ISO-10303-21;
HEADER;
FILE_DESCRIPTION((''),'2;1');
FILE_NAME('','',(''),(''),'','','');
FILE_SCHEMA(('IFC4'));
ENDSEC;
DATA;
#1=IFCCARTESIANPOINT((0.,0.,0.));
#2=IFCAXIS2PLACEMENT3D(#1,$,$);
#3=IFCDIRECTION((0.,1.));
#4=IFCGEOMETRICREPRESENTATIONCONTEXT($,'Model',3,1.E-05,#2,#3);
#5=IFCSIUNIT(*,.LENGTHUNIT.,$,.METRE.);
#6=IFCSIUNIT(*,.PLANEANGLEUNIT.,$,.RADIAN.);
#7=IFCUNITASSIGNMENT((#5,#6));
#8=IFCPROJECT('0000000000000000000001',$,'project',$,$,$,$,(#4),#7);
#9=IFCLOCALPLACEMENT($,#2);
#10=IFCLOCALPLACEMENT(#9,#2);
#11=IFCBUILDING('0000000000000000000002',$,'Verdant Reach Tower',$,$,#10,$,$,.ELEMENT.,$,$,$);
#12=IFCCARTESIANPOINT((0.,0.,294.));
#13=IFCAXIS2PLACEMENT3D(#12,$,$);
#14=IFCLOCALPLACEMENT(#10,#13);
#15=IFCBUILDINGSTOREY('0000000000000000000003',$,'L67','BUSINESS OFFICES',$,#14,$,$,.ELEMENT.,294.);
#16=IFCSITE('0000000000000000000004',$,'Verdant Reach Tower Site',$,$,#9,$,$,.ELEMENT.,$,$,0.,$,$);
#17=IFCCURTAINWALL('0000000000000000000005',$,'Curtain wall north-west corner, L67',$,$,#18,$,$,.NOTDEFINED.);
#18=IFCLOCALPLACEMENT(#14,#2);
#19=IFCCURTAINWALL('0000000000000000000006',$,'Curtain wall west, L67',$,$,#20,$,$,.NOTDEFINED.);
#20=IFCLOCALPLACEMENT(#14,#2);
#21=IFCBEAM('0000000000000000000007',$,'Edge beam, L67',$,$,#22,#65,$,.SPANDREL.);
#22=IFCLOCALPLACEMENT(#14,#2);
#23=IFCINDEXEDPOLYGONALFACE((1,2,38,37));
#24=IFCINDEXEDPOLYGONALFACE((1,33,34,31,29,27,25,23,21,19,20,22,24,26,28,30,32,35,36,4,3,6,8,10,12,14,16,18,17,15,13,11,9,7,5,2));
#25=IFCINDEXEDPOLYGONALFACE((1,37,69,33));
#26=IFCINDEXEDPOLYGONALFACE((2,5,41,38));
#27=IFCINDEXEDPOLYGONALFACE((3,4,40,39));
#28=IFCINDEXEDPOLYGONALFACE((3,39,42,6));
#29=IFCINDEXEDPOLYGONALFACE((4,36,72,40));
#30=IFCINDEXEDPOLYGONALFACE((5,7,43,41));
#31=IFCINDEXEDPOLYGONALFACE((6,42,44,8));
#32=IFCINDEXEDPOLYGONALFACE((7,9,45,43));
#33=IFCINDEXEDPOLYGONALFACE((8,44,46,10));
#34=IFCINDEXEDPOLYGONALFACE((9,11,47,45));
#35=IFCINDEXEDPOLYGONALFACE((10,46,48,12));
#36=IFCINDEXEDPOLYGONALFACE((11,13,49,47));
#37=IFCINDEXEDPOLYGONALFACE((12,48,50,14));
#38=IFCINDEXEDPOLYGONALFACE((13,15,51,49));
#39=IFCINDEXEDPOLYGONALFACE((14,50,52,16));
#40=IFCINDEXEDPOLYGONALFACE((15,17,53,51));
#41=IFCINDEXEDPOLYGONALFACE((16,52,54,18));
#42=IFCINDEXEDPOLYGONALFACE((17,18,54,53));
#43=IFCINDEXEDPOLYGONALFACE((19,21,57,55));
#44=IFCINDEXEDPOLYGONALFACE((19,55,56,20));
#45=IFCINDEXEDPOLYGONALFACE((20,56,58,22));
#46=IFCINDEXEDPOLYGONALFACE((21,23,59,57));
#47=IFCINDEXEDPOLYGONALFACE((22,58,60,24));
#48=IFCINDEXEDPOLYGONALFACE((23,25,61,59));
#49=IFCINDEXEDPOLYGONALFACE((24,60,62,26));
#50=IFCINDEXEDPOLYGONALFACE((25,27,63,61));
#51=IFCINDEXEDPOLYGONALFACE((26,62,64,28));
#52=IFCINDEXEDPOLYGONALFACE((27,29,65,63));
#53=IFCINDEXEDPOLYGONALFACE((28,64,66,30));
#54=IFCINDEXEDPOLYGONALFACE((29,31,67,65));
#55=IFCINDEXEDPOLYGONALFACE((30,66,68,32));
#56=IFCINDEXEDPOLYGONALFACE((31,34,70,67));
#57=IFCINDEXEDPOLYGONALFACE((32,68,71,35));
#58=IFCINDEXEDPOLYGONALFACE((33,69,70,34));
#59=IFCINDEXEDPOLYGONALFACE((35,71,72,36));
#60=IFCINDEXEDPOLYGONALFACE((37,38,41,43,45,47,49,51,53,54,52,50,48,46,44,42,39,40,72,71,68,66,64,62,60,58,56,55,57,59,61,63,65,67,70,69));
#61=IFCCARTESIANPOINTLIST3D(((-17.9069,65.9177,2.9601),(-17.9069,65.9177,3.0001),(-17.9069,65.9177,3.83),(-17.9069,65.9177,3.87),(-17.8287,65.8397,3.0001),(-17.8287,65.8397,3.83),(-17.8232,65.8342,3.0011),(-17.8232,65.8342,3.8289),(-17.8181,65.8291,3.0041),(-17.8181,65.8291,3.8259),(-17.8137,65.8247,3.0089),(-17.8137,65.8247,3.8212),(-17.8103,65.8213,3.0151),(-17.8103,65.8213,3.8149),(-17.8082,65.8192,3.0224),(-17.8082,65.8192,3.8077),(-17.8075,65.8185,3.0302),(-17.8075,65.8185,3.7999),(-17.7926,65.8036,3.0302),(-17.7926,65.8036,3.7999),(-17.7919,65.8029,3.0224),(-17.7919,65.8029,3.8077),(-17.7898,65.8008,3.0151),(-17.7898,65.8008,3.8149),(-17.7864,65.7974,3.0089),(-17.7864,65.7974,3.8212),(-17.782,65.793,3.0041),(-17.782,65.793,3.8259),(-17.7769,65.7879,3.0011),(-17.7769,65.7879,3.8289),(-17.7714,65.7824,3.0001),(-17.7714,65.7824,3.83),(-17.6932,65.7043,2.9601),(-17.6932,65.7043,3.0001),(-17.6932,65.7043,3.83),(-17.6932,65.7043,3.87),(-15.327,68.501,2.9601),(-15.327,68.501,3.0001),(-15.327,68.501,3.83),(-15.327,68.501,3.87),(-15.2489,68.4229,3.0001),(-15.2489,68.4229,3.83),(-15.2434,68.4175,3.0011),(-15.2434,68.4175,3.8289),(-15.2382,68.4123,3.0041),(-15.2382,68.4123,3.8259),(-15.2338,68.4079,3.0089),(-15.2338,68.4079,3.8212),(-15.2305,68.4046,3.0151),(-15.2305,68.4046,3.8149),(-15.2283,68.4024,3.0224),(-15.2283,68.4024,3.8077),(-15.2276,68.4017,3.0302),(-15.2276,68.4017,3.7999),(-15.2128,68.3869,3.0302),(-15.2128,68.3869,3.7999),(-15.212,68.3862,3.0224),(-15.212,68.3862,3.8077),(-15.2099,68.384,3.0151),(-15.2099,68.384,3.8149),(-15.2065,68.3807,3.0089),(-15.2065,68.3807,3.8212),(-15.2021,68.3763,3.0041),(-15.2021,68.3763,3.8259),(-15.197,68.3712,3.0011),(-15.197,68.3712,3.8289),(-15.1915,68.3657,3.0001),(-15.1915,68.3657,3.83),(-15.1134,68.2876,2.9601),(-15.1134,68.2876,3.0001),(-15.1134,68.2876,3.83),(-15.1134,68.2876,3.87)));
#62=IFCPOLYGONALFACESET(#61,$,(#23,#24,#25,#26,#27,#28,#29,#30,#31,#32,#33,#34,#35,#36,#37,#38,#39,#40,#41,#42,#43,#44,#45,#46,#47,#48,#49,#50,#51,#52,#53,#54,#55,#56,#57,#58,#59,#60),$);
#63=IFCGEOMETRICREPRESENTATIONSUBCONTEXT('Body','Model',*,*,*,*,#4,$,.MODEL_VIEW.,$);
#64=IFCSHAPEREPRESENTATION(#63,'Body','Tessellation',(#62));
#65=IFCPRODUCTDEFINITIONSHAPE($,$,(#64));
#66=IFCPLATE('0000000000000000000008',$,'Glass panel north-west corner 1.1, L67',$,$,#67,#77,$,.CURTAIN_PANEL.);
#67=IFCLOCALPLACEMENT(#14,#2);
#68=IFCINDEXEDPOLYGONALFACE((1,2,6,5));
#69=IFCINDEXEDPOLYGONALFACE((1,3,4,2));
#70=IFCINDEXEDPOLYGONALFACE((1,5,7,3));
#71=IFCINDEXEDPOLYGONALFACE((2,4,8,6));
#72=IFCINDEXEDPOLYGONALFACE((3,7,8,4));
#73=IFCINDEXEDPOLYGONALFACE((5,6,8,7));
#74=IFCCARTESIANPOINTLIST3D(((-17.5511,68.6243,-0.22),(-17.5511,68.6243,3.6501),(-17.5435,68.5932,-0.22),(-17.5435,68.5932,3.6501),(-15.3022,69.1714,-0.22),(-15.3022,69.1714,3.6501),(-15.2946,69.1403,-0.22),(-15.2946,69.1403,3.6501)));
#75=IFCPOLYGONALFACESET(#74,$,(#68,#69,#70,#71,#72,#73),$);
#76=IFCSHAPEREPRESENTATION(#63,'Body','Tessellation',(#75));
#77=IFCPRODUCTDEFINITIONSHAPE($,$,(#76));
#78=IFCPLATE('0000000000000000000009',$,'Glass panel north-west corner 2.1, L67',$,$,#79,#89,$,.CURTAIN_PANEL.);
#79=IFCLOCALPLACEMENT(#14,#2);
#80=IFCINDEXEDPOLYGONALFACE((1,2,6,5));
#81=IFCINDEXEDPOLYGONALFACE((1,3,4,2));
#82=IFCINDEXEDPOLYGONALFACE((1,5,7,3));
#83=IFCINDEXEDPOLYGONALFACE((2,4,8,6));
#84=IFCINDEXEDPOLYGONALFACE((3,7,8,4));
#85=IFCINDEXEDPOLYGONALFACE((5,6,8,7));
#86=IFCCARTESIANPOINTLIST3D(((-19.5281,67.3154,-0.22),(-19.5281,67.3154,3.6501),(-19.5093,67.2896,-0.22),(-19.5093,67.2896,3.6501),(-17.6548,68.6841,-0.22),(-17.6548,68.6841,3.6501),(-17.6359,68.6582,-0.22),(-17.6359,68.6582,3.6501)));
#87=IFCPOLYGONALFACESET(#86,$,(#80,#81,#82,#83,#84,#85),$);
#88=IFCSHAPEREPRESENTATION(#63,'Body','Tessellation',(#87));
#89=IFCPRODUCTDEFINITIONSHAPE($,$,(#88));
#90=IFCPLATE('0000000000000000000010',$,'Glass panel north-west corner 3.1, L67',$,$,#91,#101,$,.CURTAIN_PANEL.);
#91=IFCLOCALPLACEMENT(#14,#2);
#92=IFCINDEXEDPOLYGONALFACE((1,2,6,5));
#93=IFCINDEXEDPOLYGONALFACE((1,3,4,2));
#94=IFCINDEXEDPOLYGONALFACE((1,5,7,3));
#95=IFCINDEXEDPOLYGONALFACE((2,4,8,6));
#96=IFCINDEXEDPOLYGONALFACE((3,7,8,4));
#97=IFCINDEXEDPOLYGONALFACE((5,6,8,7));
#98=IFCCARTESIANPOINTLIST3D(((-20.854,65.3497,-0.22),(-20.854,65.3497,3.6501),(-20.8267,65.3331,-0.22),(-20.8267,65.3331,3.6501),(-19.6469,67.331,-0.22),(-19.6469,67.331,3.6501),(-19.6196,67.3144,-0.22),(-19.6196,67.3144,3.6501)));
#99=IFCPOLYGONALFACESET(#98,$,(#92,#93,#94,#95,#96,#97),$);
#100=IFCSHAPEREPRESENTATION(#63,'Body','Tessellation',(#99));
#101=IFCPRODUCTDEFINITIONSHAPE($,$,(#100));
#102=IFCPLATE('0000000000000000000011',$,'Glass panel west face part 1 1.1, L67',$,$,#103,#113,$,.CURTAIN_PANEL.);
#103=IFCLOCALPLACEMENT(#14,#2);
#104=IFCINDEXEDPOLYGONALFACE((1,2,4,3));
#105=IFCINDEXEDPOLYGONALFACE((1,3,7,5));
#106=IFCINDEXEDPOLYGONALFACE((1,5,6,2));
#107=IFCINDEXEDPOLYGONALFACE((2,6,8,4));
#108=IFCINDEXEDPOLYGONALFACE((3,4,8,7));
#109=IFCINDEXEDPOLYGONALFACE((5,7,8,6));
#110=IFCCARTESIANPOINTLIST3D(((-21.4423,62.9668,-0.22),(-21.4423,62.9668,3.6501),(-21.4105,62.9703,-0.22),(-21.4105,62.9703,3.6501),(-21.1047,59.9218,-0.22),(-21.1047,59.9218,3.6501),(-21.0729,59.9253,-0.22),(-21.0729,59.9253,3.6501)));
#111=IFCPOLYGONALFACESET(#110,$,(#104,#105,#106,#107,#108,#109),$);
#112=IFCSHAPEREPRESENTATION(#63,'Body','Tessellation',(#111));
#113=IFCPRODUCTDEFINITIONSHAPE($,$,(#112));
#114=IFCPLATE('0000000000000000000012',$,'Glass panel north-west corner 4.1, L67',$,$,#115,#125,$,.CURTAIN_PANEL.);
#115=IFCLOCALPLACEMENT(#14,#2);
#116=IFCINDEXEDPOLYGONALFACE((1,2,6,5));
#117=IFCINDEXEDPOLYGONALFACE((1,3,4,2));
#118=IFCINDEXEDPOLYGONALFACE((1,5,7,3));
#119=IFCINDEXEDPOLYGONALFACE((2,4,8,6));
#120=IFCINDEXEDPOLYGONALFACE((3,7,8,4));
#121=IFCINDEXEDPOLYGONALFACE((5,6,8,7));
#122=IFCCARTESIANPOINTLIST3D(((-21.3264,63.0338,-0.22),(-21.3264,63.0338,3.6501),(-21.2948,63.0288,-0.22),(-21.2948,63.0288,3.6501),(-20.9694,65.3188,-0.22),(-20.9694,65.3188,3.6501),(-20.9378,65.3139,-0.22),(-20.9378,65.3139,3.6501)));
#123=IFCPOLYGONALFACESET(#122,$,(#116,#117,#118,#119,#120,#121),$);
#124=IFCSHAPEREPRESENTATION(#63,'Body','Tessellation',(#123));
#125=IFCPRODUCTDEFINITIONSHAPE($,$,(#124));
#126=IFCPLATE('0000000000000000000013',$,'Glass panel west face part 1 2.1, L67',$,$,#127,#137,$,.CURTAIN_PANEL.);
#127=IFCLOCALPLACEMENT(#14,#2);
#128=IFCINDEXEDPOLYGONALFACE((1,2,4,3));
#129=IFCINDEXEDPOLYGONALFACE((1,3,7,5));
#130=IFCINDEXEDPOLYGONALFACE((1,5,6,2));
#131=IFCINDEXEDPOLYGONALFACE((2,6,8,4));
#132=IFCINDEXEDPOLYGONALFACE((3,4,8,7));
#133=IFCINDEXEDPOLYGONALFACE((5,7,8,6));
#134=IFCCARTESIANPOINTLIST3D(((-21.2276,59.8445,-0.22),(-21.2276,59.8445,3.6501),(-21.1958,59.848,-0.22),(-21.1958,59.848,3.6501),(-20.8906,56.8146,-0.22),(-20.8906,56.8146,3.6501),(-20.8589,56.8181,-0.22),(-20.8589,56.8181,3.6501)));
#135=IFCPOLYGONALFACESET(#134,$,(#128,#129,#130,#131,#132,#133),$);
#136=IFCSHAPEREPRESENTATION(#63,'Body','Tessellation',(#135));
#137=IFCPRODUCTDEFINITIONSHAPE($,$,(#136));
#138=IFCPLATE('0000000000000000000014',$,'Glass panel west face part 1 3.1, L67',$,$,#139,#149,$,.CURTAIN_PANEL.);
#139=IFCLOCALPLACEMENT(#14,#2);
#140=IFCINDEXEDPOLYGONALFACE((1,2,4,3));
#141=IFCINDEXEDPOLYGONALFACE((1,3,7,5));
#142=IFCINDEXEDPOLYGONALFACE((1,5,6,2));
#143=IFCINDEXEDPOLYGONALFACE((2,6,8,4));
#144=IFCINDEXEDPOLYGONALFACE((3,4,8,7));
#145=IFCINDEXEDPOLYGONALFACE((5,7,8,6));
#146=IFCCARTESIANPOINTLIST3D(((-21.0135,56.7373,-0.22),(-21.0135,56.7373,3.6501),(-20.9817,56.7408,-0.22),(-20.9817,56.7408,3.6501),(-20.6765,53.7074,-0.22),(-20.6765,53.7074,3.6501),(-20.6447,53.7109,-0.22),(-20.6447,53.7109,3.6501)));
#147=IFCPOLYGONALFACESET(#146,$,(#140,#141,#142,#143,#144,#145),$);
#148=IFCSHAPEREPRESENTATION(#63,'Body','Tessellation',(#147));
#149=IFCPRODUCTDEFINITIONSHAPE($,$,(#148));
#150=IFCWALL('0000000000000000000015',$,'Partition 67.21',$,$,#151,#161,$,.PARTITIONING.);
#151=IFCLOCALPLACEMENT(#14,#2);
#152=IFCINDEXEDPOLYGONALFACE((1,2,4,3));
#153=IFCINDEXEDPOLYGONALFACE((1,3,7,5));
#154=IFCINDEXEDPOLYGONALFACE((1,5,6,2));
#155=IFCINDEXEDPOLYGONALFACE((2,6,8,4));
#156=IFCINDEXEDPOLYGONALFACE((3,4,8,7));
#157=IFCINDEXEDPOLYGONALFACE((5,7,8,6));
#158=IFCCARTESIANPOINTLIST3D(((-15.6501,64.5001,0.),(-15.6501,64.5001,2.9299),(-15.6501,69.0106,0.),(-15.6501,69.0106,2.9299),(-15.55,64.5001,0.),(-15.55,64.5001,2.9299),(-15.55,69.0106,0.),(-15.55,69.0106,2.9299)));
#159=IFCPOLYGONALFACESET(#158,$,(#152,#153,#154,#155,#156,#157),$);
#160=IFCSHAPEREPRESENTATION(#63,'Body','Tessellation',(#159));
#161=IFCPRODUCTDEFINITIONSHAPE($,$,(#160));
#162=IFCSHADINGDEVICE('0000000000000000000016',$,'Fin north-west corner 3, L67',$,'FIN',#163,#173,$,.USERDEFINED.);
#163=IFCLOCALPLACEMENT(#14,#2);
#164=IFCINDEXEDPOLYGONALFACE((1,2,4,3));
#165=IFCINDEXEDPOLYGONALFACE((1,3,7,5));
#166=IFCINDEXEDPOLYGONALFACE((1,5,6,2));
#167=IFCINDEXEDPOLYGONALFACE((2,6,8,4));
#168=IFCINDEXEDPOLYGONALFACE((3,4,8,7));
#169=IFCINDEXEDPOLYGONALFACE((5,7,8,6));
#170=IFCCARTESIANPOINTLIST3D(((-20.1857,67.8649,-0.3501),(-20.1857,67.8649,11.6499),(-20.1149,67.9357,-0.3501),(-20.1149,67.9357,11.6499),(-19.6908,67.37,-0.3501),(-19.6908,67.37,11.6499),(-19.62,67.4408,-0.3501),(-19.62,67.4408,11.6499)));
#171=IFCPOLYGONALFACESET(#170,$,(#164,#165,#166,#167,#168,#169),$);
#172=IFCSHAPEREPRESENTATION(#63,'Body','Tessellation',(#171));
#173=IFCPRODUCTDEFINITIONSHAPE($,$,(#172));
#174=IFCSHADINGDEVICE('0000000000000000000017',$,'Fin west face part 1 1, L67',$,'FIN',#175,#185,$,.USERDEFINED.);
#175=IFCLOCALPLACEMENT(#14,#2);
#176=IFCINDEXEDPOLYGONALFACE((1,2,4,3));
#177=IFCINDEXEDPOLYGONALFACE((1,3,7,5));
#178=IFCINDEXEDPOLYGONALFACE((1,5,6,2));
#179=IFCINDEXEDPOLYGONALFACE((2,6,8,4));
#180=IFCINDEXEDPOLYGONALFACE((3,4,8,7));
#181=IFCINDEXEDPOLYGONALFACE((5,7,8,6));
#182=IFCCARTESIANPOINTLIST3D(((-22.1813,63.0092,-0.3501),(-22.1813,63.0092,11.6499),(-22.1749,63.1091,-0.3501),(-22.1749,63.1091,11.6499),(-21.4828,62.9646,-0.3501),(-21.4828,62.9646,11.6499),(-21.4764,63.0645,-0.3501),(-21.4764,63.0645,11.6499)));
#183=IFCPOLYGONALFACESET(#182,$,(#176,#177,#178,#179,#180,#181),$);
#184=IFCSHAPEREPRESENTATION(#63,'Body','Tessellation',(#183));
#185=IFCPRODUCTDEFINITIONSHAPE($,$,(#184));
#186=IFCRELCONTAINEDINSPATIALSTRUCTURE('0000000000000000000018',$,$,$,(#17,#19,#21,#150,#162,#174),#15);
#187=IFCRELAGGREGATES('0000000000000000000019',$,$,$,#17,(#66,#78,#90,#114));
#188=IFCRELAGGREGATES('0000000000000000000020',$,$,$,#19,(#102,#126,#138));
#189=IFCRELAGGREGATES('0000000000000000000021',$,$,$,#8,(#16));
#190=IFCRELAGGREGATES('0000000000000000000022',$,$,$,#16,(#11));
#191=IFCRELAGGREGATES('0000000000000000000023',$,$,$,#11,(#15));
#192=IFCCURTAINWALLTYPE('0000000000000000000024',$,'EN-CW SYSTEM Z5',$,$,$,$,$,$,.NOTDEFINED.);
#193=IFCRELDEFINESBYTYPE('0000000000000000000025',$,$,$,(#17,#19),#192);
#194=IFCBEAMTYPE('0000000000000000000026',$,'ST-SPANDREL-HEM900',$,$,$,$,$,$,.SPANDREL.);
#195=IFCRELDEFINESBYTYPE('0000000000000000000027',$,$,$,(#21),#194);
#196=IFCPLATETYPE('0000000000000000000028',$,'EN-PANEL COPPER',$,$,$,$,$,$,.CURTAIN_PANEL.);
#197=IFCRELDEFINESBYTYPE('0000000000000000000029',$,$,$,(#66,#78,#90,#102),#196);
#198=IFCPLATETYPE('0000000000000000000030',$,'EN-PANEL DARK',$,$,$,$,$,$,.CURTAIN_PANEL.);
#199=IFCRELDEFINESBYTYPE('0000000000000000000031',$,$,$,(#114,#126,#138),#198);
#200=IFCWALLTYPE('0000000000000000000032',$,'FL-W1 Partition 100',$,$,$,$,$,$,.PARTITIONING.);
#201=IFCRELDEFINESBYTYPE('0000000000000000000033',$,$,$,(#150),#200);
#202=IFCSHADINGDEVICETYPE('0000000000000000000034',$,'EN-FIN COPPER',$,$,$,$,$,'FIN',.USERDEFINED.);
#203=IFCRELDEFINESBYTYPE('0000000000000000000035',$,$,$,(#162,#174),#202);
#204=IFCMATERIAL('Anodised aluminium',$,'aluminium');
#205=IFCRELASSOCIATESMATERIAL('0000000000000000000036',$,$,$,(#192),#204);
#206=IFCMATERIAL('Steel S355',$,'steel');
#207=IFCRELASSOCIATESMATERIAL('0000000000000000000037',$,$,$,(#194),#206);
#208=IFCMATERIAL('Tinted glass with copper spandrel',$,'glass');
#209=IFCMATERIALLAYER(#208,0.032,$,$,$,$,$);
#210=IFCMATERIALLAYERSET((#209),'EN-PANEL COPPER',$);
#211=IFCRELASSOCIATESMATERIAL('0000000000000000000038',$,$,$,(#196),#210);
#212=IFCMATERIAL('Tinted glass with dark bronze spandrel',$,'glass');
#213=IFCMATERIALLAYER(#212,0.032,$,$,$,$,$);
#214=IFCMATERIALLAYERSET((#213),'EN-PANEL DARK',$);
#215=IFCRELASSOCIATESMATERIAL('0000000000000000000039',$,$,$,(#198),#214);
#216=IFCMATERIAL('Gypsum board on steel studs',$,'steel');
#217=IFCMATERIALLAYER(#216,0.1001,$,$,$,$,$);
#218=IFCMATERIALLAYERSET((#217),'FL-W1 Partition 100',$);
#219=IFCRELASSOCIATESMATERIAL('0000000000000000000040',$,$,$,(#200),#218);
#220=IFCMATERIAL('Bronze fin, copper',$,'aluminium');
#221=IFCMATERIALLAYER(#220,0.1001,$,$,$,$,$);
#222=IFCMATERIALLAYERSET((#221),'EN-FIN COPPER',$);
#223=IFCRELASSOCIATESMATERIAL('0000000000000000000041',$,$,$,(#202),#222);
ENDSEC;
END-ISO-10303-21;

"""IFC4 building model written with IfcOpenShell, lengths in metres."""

from ifc_helpers import new_model, si_unit, direction, frame, frame_2d, origin, origin_2d, place, context, subcontext, project, spatial, rectangle, i_section, extrude, material, layer, layer_set, material_profile, profile_set, type_object, element, aggregate, save


model = new_model("IFC4")

# Units and contexts
model_context = context("Model", 3, precision=1e-05, world=origin(), true_north=direction((0.0, 1.0)))
body_context = subcontext(model_context, "Body", "Model", "MODEL_VIEW")
ifc_project = project(units=[si_unit("LENGTHUNIT", "METRE"), si_unit("PLANEANGLEUNIT", "RADIAN")], contexts=[model_context])

# Site, building, storey
site_placement = place(None, origin())
site = spatial("IfcSite", under=ifc_project, at=site_placement, Name="Verdant Reach Tower Site", CompositionType="ELEMENT", RefElevation=0.0)
building_placement = place(site_placement, origin())
building = spatial("IfcBuilding", under=site, at=building_placement, Name="Verdant Reach Tower", CompositionType="ELEMENT")
storey_placement = place(building_placement, frame((0.0, 0.0, 294.0)))
storey = spatial("IfcBuildingStorey", under=building, at=storey_placement, Name="L67", Description="BUSINESS OFFICES", CompositionType="ELEMENT", Elevation=294.0)

# Curtain walls
ifc_material_1 = material(Name="Anodised aluminium", Category="aluminium")
curtain_wall_type = type_object("IfcCurtainWallType", Name="EN-CW SYSTEM Z5", PredefinedType="NOTDEFINED", material=ifc_material_1)
curtain_wall_1_placement = place(storey_placement, origin())
curtain_wall_1 = element("IfcCurtainWall", 1, at=curtain_wall_1_placement, inside=storey, type_object=curtain_wall_type, Name="Curtain wall north-west corner, L67", PredefinedType="NOTDEFINED")
curtain_wall_2_placement = place(storey_placement, origin())
curtain_wall_2 = element("IfcCurtainWall", 2, at=curtain_wall_2_placement, inside=storey, type_object=curtain_wall_type, Name="Curtain wall west, L67", PredefinedType="NOTDEFINED")

# Beam
ifc_material_2 = material(Name="Steel S355", Category="steel")
ifc_material_profile_1 = material_profile(ifc_material_2, i_section(OverallWidth=0.302, OverallDepth=0.9099, WebThickness=0.021, FlangeThickness=0.04, FilletRadius=0.03, at=origin_2d()), Name="HEM 900")
ifc_profile_set_1 = profile_set([ifc_material_profile_1], Name="Steel S355")
beam_type = type_object("IfcBeamType", Name="ST-SPANDREL-HEM900", PredefinedType="SPANDREL", material=ifc_profile_set_1)
beam_1_placement = place(storey_placement, frame((-17.8, 65.811, 3.415), z_axis=(0.706639, 0.707575, 0.0), x_axis=(-0.707575, 0.706639, 0.0)))
element("IfcBeam", 3, at=beam_1_placement, inside=storey, type_object=beam_type, Name="Edge beam, L67", PredefinedType="SPANDREL", context=body_context, shape_type="SweptSolid", body=[
    extrude(i_section(OverallWidth=0.302, OverallDepth=0.9099, WebThickness=0.021, FlangeThickness=0.04, FilletRadius=0.03, at=origin_2d()), origin(), (0.0, 0.0, 1.0), 3.6509),
])

# Plates
ifc_material_3 = material(Name="Tinted glass with copper spandrel", Category="glass")
ifc_layer_1 = layer(ifc_material_3, 0.032)
ifc_layer_set_1 = layer_set([ifc_layer_1], Name="EN-PANEL COPPER")
plate_type_1 = type_object("IfcPlateType", Name="EN-PANEL COPPER", PredefinedType="CURTAIN_PANEL", material=ifc_layer_set_1)
plate_1_placement = place(storey_placement, frame((-16.4229, 68.8823, -0.22), z_axis=(0.0, 0.0, 1.0), x_axis=(-0.971662, -0.236376, 0.0)))
plate_1 = element("IfcPlate", 4, at=plate_1_placement, type_object=plate_type_1, Name="Glass panel north-west corner 1.1, L67", PredefinedType="CURTAIN_PANEL", context=body_context, shape_type="SweptSolid", body=[
    extrude(rectangle(XDim=2.3145, YDim=0.032, at=origin_2d()), origin(), (0.0, 0.0, 1.0), 3.8701),
])
plate_2_placement = place(storey_placement, frame((-18.582, 67.9868, -0.22), z_axis=(0.0, 0.0, 1.0), x_axis=(-0.807457, -0.589927, 0.0)))
plate_2 = element("IfcPlate", 5, at=plate_2_placement, type_object=plate_type_1, Name="Glass panel north-west corner 2.1, L67", PredefinedType="CURTAIN_PANEL", context=body_context, shape_type="SweptSolid", body=[
    extrude(rectangle(XDim=2.3201, YDim=0.032, at=origin_2d()), origin(), (0.0, 0.0, 1.0), 3.8701),
])
plate_3_placement = place(storey_placement, frame((-20.2368, 66.332, -0.22), z_axis=(0.0, 0.0, 1.0), x_axis=(-0.520292, -0.853989, 0.0)))
plate_3 = element("IfcPlate", 6, at=plate_3_placement, type_object=plate_type_1, Name="Glass panel north-west corner 3.1, L67", PredefinedType="CURTAIN_PANEL", context=body_context, shape_type="SweptSolid", body=[
    extrude(rectangle(XDim=2.3201, YDim=0.032, at=origin_2d()), origin(), (0.0, 0.0, 1.0), 3.8701),
])
plate_4_placement = place(storey_placement, frame((-21.2576, 61.446, -0.22), z_axis=(0.0, 0.0, 1.0), x_axis=(0.110198, -0.99391, 0.0)))
plate_4 = element("IfcPlate", 7, at=plate_4_placement, type_object=plate_type_1, Name="Glass panel west face part 1 1.1, L67", PredefinedType="CURTAIN_PANEL", context=body_context, shape_type="SweptSolid", body=[
    extrude(rectangle(XDim=3.0637, YDim=0.032, at=origin_2d()), origin(), (0.0, 0.0, 1.0), 3.8701),
])
ifc_material_4 = material(Name="Tinted glass with dark bronze spandrel", Category="glass")
ifc_layer_2 = layer(ifc_material_4, 0.032)
ifc_layer_set_2 = layer_set([ifc_layer_2], Name="EN-PANEL DARK")
plate_type_2 = type_object("IfcPlateType", Name="EN-PANEL DARK", PredefinedType="CURTAIN_PANEL", material=ifc_layer_set_2)
plate_5_placement = place(storey_placement, frame((-21.1321, 64.1738, -0.22), z_axis=(0.0, 0.0, 1.0), x_axis=(-0.154337, -0.988018, 0.0)))
plate_5 = element("IfcPlate", 8, at=plate_5_placement, type_object=plate_type_2, Name="Glass panel north-west corner 4.1, L67", PredefinedType="CURTAIN_PANEL", context=body_context, shape_type="SweptSolid", body=[
    extrude(rectangle(XDim=2.3127, YDim=0.032, at=origin_2d()), origin(), (0.0, 0.0, 1.0), 3.8701),
])
aggregate(curtain_wall_1, [plate_1, plate_2, plate_3, plate_5])
plate_6_placement = place(storey_placement, frame((-21.0432, 58.3313, -0.22), z_axis=(0.0, 0.0, 1.0), x_axis=(0.110518, -0.993874, 0.0)))
plate_6 = element("IfcPlate", 9, at=plate_6_placement, type_object=plate_type_2, Name="Glass panel west face part 1 2.1, L67", PredefinedType="CURTAIN_PANEL", context=body_context, shape_type="SweptSolid", body=[
    extrude(rectangle(XDim=3.0486, YDim=0.032, at=origin_2d()), origin(), (0.0, 0.0, 1.0), 3.8701),
])
plate_7_placement = place(storey_placement, frame((-20.8291, 55.2241, -0.22), z_axis=(0.0, 0.0, 1.0), x_axis=(0.110518, -0.993874, 0.0)))
plate_7 = element("IfcPlate", 10, at=plate_7_placement, type_object=plate_type_2, Name="Glass panel west face part 1 3.1, L67", PredefinedType="CURTAIN_PANEL", context=body_context, shape_type="SweptSolid", body=[
    extrude(rectangle(XDim=3.0486, YDim=0.032, at=origin_2d()), origin(), (0.0, 0.0, 1.0), 3.8701),
])
aggregate(curtain_wall_2, [plate_4, plate_6, plate_7])

# Wall
ifc_material_5 = material(Name="Gypsum board on steel studs", Category="steel")
ifc_layer_3 = layer(ifc_material_5, 0.1001)
ifc_layer_set_3 = layer_set([ifc_layer_3], Name="FL-W1 Partition 100")
wall_type = type_object("IfcWallType", Name="FL-W1 Partition 100", PredefinedType="PARTITIONING", material=ifc_layer_set_3)
wall_placement = place(storey_placement, frame((-15.6001, 64.5, 0.0), z_axis=(0.0, 0.0, 1.0), x_axis=(0.0, 1.0, 0.0)))
element("IfcWall", 11, at=wall_placement, inside=storey, type_object=wall_type, Name="Partition 67.21", PredefinedType="PARTITIONING", context=body_context, shape_type="SweptSolid", body=[
    extrude(rectangle(XDim=4.5105, YDim=0.1001, at=frame_2d((2.2554, 0.0))), origin(), (0.0, 0.0, 1.0), 2.9299),
])

# Shading devices
ifc_material_6 = material(Name="Bronze fin, copper", Category="aluminium")
ifc_layer_4 = layer(ifc_material_6, 0.1001)
ifc_layer_set_4 = layer_set([ifc_layer_4], Name="EN-FIN COPPER")
shading_device_type_1 = type_object("IfcShadingDeviceType", Name="EN-FIN COPPER", ElementType="FIN", PredefinedType="USERDEFINED", material=ifc_layer_set_4)
for number, where, z_axis, x_axis, name in (
    (12, (-19.9028, 67.6528, -0.3501), (0.0, 0.0, 1.0), (-0.707107, -0.707107, 0.0), "Fin north-west corner 3, L67"),
    (13, (-21.8289, 63.0369, -0.3501), (0.0, 0.0, 1.0), (-0.063699, -0.997969, 0.0), "Fin west face part 1 1, L67"),
):
    element("IfcShadingDevice", number, at=place(storey_placement, frame(where, z_axis=z_axis, x_axis=x_axis)), inside=storey, type_object=shading_device_type_1, Name=name, ObjectType="FIN", PredefinedType="USERDEFINED", context=body_context, shape_type="SweptSolid", body=[
        extrude(rectangle(XDim=0.1001, YDim=0.7, at=origin_2d()), origin(), (0.0, 0.0, 1.0), 12.0),
    ])

save(model, "model.ifc")
